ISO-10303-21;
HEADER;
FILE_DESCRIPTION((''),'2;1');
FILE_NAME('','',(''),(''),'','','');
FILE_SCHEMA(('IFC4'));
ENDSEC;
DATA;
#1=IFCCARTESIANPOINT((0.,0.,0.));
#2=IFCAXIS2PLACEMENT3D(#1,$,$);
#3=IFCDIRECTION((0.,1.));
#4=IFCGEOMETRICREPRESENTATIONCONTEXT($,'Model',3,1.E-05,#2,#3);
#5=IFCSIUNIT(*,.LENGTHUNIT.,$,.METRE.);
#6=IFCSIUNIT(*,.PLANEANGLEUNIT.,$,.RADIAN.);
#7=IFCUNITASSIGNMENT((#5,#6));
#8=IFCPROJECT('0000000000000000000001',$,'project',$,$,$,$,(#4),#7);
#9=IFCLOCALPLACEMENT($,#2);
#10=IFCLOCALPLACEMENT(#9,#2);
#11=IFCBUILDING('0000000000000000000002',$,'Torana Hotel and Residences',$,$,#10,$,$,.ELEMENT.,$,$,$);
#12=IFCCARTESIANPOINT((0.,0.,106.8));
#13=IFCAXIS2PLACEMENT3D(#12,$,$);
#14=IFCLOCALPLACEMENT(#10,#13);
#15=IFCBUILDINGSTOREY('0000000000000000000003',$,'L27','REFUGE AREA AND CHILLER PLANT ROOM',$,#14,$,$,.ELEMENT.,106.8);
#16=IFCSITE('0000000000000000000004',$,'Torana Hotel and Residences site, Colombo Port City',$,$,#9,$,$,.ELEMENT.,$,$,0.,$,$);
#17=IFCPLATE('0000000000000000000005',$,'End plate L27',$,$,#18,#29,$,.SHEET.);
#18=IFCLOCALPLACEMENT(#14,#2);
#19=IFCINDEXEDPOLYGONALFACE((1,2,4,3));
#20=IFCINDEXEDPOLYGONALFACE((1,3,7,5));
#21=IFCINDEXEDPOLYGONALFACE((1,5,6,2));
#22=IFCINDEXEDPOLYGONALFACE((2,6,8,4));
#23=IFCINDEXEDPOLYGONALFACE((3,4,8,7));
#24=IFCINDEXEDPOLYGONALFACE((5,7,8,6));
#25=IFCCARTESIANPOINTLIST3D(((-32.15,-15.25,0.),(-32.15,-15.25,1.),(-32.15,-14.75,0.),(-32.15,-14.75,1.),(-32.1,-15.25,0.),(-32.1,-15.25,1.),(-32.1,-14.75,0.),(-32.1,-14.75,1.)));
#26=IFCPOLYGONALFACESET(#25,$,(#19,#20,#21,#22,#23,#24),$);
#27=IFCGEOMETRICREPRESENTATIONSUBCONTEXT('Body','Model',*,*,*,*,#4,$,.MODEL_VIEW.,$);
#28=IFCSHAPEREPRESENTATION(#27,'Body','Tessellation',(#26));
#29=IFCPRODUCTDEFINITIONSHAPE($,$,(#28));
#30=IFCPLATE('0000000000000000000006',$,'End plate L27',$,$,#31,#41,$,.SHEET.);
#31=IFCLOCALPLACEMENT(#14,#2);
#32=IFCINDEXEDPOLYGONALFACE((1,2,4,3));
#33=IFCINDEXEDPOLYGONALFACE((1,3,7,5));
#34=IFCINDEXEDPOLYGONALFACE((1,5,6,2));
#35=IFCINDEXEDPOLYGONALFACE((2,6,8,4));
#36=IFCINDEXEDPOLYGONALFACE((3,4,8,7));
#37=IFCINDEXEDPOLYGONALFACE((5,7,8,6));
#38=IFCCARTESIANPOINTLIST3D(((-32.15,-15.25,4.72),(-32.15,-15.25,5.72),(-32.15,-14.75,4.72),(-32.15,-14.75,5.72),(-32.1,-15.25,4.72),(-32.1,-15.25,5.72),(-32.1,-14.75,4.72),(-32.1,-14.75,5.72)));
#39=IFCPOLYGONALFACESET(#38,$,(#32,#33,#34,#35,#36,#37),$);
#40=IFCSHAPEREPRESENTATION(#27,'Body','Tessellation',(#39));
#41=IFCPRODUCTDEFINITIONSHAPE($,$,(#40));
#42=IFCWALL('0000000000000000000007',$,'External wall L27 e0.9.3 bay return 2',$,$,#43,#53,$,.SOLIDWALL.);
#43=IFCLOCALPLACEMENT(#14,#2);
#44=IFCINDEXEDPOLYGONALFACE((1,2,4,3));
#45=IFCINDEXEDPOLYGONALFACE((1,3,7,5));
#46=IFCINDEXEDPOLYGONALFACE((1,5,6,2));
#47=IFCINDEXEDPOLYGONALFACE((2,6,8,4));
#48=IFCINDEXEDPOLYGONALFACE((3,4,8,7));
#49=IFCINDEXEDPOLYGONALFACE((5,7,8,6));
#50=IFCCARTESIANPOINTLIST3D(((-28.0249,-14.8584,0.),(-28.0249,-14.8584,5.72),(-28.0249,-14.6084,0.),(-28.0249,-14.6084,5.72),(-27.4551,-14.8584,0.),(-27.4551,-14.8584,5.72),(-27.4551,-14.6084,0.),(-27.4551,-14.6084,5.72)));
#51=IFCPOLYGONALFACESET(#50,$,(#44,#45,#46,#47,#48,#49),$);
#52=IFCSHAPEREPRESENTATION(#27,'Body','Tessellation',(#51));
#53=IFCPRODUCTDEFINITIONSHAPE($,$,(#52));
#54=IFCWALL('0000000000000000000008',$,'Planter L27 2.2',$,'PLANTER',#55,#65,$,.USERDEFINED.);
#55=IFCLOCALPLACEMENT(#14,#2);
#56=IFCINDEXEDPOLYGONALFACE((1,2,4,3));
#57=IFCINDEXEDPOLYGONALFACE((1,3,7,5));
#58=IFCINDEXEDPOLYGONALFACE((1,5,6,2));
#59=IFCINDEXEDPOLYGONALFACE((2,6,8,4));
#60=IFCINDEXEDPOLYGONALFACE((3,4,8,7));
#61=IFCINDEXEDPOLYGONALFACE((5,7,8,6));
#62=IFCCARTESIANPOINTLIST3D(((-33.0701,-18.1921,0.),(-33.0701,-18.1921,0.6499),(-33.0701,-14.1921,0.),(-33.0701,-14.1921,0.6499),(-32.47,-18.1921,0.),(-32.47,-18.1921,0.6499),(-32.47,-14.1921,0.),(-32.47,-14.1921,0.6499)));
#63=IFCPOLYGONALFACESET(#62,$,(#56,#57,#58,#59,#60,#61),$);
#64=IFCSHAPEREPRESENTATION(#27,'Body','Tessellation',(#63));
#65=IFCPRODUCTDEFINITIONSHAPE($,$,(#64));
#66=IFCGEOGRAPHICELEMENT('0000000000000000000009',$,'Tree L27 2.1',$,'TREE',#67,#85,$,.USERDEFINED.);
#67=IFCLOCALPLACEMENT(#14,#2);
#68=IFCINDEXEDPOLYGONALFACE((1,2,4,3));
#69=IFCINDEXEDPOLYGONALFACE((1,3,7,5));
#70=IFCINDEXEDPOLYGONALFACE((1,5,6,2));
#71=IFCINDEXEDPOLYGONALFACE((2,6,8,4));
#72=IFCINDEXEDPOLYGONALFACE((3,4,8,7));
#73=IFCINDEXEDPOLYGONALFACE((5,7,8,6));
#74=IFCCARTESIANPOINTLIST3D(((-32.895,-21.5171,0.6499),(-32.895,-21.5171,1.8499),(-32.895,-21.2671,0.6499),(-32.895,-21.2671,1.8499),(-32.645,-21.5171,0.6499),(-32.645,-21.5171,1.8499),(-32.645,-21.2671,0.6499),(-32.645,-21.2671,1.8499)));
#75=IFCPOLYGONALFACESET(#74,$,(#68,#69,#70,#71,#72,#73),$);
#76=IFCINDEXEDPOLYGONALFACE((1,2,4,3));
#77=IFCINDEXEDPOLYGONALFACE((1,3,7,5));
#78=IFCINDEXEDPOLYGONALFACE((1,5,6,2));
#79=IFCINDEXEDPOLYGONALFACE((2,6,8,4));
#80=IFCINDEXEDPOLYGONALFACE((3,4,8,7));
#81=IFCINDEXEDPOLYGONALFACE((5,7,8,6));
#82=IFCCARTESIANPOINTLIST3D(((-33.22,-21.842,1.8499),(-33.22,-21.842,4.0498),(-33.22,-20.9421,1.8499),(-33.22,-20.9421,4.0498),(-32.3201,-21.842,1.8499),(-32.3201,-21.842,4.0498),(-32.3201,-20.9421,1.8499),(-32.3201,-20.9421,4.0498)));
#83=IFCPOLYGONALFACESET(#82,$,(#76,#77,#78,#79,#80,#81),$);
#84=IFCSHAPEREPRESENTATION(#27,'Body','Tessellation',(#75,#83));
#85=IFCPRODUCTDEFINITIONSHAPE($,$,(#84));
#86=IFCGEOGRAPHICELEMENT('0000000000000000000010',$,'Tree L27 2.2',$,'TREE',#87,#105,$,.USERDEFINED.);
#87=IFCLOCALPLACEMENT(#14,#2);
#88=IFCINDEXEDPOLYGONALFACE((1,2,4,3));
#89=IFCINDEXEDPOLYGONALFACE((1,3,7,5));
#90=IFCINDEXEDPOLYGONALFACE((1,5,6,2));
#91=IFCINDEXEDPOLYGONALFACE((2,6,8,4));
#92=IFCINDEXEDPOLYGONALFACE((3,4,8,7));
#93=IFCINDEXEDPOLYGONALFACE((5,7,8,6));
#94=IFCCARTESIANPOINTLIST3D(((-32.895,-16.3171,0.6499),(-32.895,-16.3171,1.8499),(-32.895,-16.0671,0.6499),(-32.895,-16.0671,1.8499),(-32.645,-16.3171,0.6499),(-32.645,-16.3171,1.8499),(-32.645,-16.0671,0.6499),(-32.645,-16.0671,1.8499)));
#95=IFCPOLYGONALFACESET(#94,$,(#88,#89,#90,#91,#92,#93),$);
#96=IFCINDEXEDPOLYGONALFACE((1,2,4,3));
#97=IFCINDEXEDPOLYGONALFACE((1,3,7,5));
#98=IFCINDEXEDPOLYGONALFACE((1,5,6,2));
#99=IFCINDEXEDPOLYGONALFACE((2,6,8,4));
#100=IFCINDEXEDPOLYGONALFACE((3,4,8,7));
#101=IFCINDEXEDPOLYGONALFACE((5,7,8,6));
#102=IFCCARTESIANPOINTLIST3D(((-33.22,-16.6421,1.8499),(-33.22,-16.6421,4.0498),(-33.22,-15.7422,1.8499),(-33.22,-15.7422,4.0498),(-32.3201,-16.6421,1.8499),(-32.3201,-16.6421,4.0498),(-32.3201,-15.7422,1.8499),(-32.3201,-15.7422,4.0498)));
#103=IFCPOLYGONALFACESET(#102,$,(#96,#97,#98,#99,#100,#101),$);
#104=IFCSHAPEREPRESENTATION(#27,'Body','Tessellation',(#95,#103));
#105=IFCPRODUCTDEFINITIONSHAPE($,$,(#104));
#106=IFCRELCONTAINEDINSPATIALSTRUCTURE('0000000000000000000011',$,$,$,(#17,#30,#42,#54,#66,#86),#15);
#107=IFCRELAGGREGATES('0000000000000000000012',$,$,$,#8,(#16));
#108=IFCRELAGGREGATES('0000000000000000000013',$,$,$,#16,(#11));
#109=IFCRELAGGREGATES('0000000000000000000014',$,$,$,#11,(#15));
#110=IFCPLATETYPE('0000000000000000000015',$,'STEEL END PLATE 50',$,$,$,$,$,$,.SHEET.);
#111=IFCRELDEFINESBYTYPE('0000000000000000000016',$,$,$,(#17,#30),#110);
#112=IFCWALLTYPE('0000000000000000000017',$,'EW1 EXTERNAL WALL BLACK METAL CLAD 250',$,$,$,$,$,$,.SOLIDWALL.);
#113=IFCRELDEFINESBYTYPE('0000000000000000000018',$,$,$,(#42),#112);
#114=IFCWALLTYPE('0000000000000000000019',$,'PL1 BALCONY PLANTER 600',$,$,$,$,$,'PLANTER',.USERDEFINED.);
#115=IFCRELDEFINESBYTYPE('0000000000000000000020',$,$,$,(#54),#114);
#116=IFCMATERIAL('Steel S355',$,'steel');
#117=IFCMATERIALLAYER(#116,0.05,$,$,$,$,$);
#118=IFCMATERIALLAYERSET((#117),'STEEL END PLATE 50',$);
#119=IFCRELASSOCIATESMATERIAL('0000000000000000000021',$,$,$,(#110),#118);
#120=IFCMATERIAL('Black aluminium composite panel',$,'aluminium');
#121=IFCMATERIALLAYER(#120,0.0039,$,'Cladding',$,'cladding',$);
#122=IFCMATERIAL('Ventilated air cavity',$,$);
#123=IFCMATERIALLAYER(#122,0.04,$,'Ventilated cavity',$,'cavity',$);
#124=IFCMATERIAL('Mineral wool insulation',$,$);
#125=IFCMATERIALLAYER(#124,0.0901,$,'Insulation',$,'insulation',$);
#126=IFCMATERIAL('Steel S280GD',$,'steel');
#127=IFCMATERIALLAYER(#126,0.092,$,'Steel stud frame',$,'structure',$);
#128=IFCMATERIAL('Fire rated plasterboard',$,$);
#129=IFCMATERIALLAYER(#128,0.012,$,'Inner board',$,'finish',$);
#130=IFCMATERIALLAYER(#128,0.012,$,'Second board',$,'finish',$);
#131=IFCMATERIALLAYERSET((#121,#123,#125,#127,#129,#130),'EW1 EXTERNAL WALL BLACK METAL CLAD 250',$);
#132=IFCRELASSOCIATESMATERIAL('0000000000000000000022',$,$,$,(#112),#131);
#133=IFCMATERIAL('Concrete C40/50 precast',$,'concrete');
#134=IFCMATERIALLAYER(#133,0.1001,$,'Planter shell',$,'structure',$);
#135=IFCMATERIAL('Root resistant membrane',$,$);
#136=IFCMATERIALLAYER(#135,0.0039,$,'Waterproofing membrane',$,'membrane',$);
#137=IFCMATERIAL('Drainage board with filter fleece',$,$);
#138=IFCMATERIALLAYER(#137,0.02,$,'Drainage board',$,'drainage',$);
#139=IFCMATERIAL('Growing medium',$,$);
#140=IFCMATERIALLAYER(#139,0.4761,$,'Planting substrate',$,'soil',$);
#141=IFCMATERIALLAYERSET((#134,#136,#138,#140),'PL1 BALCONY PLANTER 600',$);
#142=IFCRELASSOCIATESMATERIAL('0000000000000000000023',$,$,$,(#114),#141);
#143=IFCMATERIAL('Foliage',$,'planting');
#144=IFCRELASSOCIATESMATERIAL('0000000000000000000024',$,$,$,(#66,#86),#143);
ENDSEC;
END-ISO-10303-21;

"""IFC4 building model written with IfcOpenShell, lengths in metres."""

from ifc_helpers import new_model, si_unit, direction, frame, frame_2d, origin, origin_2d, place, context, subcontext, project, spatial, rectangle, extrude, material, layer, layer_set, type_object, element, save


model = new_model("IFC4")

# Units and contexts
model_context = context("Model", 3, precision=1e-05, world=origin(), true_north=direction((0.0, 1.0)))
body_context = subcontext(model_context, "Body", "Model", "MODEL_VIEW")
ifc_project = project(units=[si_unit("LENGTHUNIT", "METRE"), si_unit("PLANEANGLEUNIT", "RADIAN")], contexts=[model_context])

# Site, building, storey
site_placement = place(None, origin())
site = spatial("IfcSite", under=ifc_project, at=site_placement, Name="Torana Hotel and Residences site, Colombo Port City", CompositionType="ELEMENT", RefElevation=0.0)
building_placement = place(site_placement, origin())
building = spatial("IfcBuilding", under=site, at=building_placement, Name="Torana Hotel and Residences", CompositionType="ELEMENT")
storey_placement = place(building_placement, frame((0.0, 0.0, 106.8)))
storey = spatial("IfcBuildingStorey", under=building, at=storey_placement, Name="L27", Description="REFUGE AREA AND CHILLER PLANT ROOM", CompositionType="ELEMENT", Elevation=106.8)

# Plates
ifc_material_1 = material(Name="Steel S355", Category="steel")
ifc_layer_1 = layer(ifc_material_1, 0.05)
ifc_layer_set_1 = layer_set([ifc_layer_1], Name="STEEL END PLATE 50")
plate_type = type_object("IfcPlateType", Name="STEEL END PLATE 50", PredefinedType="SHEET", material=ifc_layer_set_1)
for number, where, z_axis, x_axis, name in (
    (1, (-32.125, -15.0, 0.0), (0.0, 0.0, 1.0), (-1.0, 0.0, 0.0), "End plate L27"),
    (2, (-32.125, -15.0, 4.72), (0.0, 0.0, 1.0), (-1.0, 0.0, 0.0), "End plate L27"),
):
    element("IfcPlate", number, at=place(storey_placement, frame(where, z_axis=z_axis, x_axis=x_axis)), inside=storey, type_object=plate_type, Name=name, PredefinedType="SHEET", context=body_context, shape_type="SweptSolid", body=[
        extrude(rectangle(XDim=0.05, YDim=0.5, at=origin_2d()), origin(), (0.0, 0.0, 1.0), 1.0),
    ])

# Walls
ifc_material_2 = material(Name="Black aluminium composite panel", Category="aluminium")
ifc_layer_2 = layer(ifc_material_2, 0.0039, Name="Cladding", Category="cladding")
ifc_material_3 = material(Name="Ventilated air cavity")
ifc_layer_3 = layer(ifc_material_3, 0.04, Name="Ventilated cavity", Category="cavity")
ifc_material_4 = material(Name="Mineral wool insulation")
ifc_layer_4 = layer(ifc_material_4, 0.0901, Name="Insulation", Category="insulation")
ifc_material_5 = material(Name="Steel S280GD", Category="steel")
ifc_layer_5 = layer(ifc_material_5, 0.092, Name="Steel stud frame", Category="structure")
ifc_material_6 = material(Name="Fire rated plasterboard")
ifc_layer_6 = layer(ifc_material_6, 0.012, Name="Inner board", Category="finish")
ifc_layer_7 = layer(ifc_material_6, 0.012, Name="Second board", Category="finish")
ifc_layer_set_2 = layer_set([ifc_layer_2, ifc_layer_3, ifc_layer_4, ifc_layer_5, ifc_layer_6, ifc_layer_7], Name="EW1 EXTERNAL WALL BLACK METAL CLAD 250")
wall_type_1 = type_object("IfcWallType", Name="EW1 EXTERNAL WALL BLACK METAL CLAD 250", PredefinedType="SOLIDWALL", material=ifc_layer_set_2)
wall_1_placement = place(storey_placement, frame((-27.4551, -14.7334, 0.0), z_axis=(0.0, 0.0, 1.0), x_axis=(-1.0, 0.0, 0.0)))
element("IfcWall", 3, at=wall_1_placement, inside=storey, type_object=wall_type_1, Name="External wall L27 e0.9.3 bay return 2", PredefinedType="SOLIDWALL", context=body_context, shape_type="SweptSolid", body=[
    extrude(rectangle(XDim=0.5698, YDim=0.25, at=frame_2d((0.2849, 0.0))), origin(), (0.0, 0.0, 1.0), 5.72),
])
ifc_material_7 = material(Name="Concrete C40/50 precast", Category="concrete")
ifc_layer_8 = layer(ifc_material_7, 0.1001, Name="Planter shell", Category="structure")
ifc_material_8 = material(Name="Root resistant membrane")
ifc_layer_9 = layer(ifc_material_8, 0.0039, Name="Waterproofing membrane", Category="membrane")
ifc_material_9 = material(Name="Drainage board with filter fleece")
ifc_layer_10 = layer(ifc_material_9, 0.02, Name="Drainage board", Category="drainage")
ifc_material_10 = material(Name="Growing medium")
ifc_layer_11 = layer(ifc_material_10, 0.4761, Name="Planting substrate", Category="soil")
ifc_layer_set_3 = layer_set([ifc_layer_8, ifc_layer_9, ifc_layer_10, ifc_layer_11], Name="PL1 BALCONY PLANTER 600")
wall_type_2 = type_object("IfcWallType", Name="PL1 BALCONY PLANTER 600", ElementType="PLANTER", PredefinedType="USERDEFINED", material=ifc_layer_set_3)
wall_2_placement = place(storey_placement, frame((-32.77, -18.1921, 0.0), z_axis=(0.0, 0.0, 1.0), x_axis=(0.0, 1.0, 0.0)))
element("IfcWall", 4, at=wall_2_placement, inside=storey, type_object=wall_type_2, Name="Planter L27 2.2", ObjectType="PLANTER", PredefinedType="USERDEFINED", context=body_context, shape_type="SweptSolid", body=[
    extrude(rectangle(XDim=4.0, YDim=0.6001, at=frame_2d((2.0, 0.0))), origin(), (0.0, 0.0, 1.0), 0.6499),
])

# Geographic elements
ifc_material_11 = material(Name="Foliage", Category="planting")
for number, where, z_axis, x_axis, name in (
    (5, (-32.77, -21.3921, 0.6499), (0.0, 0.0, 1.0), (1.0, 0.0, 0.0), "Tree L27 2.1"),
    (6, (-32.77, -16.1921, 0.6499), (0.0, 0.0, 1.0), (1.0, 0.0, 0.0), "Tree L27 2.2"),
):
    element("IfcGeographicElement", number, at=place(storey_placement, frame(where, z_axis=z_axis, x_axis=x_axis)), inside=storey, material=ifc_material_11, Name=name, ObjectType="TREE", PredefinedType="USERDEFINED", context=body_context, shape_type="SweptSolid", body=[
        extrude(rectangle(XDim=0.25, YDim=0.25, at=origin_2d()), origin(), (0.0, 0.0, 1.0), 1.2),
        extrude(rectangle(XDim=0.8999, YDim=0.8999, at=origin_2d()), frame((0.0, 0.0, 1.2)), (0.0, 0.0, 1.0), 2.2),
    ])

save(model, "model.ifc")
